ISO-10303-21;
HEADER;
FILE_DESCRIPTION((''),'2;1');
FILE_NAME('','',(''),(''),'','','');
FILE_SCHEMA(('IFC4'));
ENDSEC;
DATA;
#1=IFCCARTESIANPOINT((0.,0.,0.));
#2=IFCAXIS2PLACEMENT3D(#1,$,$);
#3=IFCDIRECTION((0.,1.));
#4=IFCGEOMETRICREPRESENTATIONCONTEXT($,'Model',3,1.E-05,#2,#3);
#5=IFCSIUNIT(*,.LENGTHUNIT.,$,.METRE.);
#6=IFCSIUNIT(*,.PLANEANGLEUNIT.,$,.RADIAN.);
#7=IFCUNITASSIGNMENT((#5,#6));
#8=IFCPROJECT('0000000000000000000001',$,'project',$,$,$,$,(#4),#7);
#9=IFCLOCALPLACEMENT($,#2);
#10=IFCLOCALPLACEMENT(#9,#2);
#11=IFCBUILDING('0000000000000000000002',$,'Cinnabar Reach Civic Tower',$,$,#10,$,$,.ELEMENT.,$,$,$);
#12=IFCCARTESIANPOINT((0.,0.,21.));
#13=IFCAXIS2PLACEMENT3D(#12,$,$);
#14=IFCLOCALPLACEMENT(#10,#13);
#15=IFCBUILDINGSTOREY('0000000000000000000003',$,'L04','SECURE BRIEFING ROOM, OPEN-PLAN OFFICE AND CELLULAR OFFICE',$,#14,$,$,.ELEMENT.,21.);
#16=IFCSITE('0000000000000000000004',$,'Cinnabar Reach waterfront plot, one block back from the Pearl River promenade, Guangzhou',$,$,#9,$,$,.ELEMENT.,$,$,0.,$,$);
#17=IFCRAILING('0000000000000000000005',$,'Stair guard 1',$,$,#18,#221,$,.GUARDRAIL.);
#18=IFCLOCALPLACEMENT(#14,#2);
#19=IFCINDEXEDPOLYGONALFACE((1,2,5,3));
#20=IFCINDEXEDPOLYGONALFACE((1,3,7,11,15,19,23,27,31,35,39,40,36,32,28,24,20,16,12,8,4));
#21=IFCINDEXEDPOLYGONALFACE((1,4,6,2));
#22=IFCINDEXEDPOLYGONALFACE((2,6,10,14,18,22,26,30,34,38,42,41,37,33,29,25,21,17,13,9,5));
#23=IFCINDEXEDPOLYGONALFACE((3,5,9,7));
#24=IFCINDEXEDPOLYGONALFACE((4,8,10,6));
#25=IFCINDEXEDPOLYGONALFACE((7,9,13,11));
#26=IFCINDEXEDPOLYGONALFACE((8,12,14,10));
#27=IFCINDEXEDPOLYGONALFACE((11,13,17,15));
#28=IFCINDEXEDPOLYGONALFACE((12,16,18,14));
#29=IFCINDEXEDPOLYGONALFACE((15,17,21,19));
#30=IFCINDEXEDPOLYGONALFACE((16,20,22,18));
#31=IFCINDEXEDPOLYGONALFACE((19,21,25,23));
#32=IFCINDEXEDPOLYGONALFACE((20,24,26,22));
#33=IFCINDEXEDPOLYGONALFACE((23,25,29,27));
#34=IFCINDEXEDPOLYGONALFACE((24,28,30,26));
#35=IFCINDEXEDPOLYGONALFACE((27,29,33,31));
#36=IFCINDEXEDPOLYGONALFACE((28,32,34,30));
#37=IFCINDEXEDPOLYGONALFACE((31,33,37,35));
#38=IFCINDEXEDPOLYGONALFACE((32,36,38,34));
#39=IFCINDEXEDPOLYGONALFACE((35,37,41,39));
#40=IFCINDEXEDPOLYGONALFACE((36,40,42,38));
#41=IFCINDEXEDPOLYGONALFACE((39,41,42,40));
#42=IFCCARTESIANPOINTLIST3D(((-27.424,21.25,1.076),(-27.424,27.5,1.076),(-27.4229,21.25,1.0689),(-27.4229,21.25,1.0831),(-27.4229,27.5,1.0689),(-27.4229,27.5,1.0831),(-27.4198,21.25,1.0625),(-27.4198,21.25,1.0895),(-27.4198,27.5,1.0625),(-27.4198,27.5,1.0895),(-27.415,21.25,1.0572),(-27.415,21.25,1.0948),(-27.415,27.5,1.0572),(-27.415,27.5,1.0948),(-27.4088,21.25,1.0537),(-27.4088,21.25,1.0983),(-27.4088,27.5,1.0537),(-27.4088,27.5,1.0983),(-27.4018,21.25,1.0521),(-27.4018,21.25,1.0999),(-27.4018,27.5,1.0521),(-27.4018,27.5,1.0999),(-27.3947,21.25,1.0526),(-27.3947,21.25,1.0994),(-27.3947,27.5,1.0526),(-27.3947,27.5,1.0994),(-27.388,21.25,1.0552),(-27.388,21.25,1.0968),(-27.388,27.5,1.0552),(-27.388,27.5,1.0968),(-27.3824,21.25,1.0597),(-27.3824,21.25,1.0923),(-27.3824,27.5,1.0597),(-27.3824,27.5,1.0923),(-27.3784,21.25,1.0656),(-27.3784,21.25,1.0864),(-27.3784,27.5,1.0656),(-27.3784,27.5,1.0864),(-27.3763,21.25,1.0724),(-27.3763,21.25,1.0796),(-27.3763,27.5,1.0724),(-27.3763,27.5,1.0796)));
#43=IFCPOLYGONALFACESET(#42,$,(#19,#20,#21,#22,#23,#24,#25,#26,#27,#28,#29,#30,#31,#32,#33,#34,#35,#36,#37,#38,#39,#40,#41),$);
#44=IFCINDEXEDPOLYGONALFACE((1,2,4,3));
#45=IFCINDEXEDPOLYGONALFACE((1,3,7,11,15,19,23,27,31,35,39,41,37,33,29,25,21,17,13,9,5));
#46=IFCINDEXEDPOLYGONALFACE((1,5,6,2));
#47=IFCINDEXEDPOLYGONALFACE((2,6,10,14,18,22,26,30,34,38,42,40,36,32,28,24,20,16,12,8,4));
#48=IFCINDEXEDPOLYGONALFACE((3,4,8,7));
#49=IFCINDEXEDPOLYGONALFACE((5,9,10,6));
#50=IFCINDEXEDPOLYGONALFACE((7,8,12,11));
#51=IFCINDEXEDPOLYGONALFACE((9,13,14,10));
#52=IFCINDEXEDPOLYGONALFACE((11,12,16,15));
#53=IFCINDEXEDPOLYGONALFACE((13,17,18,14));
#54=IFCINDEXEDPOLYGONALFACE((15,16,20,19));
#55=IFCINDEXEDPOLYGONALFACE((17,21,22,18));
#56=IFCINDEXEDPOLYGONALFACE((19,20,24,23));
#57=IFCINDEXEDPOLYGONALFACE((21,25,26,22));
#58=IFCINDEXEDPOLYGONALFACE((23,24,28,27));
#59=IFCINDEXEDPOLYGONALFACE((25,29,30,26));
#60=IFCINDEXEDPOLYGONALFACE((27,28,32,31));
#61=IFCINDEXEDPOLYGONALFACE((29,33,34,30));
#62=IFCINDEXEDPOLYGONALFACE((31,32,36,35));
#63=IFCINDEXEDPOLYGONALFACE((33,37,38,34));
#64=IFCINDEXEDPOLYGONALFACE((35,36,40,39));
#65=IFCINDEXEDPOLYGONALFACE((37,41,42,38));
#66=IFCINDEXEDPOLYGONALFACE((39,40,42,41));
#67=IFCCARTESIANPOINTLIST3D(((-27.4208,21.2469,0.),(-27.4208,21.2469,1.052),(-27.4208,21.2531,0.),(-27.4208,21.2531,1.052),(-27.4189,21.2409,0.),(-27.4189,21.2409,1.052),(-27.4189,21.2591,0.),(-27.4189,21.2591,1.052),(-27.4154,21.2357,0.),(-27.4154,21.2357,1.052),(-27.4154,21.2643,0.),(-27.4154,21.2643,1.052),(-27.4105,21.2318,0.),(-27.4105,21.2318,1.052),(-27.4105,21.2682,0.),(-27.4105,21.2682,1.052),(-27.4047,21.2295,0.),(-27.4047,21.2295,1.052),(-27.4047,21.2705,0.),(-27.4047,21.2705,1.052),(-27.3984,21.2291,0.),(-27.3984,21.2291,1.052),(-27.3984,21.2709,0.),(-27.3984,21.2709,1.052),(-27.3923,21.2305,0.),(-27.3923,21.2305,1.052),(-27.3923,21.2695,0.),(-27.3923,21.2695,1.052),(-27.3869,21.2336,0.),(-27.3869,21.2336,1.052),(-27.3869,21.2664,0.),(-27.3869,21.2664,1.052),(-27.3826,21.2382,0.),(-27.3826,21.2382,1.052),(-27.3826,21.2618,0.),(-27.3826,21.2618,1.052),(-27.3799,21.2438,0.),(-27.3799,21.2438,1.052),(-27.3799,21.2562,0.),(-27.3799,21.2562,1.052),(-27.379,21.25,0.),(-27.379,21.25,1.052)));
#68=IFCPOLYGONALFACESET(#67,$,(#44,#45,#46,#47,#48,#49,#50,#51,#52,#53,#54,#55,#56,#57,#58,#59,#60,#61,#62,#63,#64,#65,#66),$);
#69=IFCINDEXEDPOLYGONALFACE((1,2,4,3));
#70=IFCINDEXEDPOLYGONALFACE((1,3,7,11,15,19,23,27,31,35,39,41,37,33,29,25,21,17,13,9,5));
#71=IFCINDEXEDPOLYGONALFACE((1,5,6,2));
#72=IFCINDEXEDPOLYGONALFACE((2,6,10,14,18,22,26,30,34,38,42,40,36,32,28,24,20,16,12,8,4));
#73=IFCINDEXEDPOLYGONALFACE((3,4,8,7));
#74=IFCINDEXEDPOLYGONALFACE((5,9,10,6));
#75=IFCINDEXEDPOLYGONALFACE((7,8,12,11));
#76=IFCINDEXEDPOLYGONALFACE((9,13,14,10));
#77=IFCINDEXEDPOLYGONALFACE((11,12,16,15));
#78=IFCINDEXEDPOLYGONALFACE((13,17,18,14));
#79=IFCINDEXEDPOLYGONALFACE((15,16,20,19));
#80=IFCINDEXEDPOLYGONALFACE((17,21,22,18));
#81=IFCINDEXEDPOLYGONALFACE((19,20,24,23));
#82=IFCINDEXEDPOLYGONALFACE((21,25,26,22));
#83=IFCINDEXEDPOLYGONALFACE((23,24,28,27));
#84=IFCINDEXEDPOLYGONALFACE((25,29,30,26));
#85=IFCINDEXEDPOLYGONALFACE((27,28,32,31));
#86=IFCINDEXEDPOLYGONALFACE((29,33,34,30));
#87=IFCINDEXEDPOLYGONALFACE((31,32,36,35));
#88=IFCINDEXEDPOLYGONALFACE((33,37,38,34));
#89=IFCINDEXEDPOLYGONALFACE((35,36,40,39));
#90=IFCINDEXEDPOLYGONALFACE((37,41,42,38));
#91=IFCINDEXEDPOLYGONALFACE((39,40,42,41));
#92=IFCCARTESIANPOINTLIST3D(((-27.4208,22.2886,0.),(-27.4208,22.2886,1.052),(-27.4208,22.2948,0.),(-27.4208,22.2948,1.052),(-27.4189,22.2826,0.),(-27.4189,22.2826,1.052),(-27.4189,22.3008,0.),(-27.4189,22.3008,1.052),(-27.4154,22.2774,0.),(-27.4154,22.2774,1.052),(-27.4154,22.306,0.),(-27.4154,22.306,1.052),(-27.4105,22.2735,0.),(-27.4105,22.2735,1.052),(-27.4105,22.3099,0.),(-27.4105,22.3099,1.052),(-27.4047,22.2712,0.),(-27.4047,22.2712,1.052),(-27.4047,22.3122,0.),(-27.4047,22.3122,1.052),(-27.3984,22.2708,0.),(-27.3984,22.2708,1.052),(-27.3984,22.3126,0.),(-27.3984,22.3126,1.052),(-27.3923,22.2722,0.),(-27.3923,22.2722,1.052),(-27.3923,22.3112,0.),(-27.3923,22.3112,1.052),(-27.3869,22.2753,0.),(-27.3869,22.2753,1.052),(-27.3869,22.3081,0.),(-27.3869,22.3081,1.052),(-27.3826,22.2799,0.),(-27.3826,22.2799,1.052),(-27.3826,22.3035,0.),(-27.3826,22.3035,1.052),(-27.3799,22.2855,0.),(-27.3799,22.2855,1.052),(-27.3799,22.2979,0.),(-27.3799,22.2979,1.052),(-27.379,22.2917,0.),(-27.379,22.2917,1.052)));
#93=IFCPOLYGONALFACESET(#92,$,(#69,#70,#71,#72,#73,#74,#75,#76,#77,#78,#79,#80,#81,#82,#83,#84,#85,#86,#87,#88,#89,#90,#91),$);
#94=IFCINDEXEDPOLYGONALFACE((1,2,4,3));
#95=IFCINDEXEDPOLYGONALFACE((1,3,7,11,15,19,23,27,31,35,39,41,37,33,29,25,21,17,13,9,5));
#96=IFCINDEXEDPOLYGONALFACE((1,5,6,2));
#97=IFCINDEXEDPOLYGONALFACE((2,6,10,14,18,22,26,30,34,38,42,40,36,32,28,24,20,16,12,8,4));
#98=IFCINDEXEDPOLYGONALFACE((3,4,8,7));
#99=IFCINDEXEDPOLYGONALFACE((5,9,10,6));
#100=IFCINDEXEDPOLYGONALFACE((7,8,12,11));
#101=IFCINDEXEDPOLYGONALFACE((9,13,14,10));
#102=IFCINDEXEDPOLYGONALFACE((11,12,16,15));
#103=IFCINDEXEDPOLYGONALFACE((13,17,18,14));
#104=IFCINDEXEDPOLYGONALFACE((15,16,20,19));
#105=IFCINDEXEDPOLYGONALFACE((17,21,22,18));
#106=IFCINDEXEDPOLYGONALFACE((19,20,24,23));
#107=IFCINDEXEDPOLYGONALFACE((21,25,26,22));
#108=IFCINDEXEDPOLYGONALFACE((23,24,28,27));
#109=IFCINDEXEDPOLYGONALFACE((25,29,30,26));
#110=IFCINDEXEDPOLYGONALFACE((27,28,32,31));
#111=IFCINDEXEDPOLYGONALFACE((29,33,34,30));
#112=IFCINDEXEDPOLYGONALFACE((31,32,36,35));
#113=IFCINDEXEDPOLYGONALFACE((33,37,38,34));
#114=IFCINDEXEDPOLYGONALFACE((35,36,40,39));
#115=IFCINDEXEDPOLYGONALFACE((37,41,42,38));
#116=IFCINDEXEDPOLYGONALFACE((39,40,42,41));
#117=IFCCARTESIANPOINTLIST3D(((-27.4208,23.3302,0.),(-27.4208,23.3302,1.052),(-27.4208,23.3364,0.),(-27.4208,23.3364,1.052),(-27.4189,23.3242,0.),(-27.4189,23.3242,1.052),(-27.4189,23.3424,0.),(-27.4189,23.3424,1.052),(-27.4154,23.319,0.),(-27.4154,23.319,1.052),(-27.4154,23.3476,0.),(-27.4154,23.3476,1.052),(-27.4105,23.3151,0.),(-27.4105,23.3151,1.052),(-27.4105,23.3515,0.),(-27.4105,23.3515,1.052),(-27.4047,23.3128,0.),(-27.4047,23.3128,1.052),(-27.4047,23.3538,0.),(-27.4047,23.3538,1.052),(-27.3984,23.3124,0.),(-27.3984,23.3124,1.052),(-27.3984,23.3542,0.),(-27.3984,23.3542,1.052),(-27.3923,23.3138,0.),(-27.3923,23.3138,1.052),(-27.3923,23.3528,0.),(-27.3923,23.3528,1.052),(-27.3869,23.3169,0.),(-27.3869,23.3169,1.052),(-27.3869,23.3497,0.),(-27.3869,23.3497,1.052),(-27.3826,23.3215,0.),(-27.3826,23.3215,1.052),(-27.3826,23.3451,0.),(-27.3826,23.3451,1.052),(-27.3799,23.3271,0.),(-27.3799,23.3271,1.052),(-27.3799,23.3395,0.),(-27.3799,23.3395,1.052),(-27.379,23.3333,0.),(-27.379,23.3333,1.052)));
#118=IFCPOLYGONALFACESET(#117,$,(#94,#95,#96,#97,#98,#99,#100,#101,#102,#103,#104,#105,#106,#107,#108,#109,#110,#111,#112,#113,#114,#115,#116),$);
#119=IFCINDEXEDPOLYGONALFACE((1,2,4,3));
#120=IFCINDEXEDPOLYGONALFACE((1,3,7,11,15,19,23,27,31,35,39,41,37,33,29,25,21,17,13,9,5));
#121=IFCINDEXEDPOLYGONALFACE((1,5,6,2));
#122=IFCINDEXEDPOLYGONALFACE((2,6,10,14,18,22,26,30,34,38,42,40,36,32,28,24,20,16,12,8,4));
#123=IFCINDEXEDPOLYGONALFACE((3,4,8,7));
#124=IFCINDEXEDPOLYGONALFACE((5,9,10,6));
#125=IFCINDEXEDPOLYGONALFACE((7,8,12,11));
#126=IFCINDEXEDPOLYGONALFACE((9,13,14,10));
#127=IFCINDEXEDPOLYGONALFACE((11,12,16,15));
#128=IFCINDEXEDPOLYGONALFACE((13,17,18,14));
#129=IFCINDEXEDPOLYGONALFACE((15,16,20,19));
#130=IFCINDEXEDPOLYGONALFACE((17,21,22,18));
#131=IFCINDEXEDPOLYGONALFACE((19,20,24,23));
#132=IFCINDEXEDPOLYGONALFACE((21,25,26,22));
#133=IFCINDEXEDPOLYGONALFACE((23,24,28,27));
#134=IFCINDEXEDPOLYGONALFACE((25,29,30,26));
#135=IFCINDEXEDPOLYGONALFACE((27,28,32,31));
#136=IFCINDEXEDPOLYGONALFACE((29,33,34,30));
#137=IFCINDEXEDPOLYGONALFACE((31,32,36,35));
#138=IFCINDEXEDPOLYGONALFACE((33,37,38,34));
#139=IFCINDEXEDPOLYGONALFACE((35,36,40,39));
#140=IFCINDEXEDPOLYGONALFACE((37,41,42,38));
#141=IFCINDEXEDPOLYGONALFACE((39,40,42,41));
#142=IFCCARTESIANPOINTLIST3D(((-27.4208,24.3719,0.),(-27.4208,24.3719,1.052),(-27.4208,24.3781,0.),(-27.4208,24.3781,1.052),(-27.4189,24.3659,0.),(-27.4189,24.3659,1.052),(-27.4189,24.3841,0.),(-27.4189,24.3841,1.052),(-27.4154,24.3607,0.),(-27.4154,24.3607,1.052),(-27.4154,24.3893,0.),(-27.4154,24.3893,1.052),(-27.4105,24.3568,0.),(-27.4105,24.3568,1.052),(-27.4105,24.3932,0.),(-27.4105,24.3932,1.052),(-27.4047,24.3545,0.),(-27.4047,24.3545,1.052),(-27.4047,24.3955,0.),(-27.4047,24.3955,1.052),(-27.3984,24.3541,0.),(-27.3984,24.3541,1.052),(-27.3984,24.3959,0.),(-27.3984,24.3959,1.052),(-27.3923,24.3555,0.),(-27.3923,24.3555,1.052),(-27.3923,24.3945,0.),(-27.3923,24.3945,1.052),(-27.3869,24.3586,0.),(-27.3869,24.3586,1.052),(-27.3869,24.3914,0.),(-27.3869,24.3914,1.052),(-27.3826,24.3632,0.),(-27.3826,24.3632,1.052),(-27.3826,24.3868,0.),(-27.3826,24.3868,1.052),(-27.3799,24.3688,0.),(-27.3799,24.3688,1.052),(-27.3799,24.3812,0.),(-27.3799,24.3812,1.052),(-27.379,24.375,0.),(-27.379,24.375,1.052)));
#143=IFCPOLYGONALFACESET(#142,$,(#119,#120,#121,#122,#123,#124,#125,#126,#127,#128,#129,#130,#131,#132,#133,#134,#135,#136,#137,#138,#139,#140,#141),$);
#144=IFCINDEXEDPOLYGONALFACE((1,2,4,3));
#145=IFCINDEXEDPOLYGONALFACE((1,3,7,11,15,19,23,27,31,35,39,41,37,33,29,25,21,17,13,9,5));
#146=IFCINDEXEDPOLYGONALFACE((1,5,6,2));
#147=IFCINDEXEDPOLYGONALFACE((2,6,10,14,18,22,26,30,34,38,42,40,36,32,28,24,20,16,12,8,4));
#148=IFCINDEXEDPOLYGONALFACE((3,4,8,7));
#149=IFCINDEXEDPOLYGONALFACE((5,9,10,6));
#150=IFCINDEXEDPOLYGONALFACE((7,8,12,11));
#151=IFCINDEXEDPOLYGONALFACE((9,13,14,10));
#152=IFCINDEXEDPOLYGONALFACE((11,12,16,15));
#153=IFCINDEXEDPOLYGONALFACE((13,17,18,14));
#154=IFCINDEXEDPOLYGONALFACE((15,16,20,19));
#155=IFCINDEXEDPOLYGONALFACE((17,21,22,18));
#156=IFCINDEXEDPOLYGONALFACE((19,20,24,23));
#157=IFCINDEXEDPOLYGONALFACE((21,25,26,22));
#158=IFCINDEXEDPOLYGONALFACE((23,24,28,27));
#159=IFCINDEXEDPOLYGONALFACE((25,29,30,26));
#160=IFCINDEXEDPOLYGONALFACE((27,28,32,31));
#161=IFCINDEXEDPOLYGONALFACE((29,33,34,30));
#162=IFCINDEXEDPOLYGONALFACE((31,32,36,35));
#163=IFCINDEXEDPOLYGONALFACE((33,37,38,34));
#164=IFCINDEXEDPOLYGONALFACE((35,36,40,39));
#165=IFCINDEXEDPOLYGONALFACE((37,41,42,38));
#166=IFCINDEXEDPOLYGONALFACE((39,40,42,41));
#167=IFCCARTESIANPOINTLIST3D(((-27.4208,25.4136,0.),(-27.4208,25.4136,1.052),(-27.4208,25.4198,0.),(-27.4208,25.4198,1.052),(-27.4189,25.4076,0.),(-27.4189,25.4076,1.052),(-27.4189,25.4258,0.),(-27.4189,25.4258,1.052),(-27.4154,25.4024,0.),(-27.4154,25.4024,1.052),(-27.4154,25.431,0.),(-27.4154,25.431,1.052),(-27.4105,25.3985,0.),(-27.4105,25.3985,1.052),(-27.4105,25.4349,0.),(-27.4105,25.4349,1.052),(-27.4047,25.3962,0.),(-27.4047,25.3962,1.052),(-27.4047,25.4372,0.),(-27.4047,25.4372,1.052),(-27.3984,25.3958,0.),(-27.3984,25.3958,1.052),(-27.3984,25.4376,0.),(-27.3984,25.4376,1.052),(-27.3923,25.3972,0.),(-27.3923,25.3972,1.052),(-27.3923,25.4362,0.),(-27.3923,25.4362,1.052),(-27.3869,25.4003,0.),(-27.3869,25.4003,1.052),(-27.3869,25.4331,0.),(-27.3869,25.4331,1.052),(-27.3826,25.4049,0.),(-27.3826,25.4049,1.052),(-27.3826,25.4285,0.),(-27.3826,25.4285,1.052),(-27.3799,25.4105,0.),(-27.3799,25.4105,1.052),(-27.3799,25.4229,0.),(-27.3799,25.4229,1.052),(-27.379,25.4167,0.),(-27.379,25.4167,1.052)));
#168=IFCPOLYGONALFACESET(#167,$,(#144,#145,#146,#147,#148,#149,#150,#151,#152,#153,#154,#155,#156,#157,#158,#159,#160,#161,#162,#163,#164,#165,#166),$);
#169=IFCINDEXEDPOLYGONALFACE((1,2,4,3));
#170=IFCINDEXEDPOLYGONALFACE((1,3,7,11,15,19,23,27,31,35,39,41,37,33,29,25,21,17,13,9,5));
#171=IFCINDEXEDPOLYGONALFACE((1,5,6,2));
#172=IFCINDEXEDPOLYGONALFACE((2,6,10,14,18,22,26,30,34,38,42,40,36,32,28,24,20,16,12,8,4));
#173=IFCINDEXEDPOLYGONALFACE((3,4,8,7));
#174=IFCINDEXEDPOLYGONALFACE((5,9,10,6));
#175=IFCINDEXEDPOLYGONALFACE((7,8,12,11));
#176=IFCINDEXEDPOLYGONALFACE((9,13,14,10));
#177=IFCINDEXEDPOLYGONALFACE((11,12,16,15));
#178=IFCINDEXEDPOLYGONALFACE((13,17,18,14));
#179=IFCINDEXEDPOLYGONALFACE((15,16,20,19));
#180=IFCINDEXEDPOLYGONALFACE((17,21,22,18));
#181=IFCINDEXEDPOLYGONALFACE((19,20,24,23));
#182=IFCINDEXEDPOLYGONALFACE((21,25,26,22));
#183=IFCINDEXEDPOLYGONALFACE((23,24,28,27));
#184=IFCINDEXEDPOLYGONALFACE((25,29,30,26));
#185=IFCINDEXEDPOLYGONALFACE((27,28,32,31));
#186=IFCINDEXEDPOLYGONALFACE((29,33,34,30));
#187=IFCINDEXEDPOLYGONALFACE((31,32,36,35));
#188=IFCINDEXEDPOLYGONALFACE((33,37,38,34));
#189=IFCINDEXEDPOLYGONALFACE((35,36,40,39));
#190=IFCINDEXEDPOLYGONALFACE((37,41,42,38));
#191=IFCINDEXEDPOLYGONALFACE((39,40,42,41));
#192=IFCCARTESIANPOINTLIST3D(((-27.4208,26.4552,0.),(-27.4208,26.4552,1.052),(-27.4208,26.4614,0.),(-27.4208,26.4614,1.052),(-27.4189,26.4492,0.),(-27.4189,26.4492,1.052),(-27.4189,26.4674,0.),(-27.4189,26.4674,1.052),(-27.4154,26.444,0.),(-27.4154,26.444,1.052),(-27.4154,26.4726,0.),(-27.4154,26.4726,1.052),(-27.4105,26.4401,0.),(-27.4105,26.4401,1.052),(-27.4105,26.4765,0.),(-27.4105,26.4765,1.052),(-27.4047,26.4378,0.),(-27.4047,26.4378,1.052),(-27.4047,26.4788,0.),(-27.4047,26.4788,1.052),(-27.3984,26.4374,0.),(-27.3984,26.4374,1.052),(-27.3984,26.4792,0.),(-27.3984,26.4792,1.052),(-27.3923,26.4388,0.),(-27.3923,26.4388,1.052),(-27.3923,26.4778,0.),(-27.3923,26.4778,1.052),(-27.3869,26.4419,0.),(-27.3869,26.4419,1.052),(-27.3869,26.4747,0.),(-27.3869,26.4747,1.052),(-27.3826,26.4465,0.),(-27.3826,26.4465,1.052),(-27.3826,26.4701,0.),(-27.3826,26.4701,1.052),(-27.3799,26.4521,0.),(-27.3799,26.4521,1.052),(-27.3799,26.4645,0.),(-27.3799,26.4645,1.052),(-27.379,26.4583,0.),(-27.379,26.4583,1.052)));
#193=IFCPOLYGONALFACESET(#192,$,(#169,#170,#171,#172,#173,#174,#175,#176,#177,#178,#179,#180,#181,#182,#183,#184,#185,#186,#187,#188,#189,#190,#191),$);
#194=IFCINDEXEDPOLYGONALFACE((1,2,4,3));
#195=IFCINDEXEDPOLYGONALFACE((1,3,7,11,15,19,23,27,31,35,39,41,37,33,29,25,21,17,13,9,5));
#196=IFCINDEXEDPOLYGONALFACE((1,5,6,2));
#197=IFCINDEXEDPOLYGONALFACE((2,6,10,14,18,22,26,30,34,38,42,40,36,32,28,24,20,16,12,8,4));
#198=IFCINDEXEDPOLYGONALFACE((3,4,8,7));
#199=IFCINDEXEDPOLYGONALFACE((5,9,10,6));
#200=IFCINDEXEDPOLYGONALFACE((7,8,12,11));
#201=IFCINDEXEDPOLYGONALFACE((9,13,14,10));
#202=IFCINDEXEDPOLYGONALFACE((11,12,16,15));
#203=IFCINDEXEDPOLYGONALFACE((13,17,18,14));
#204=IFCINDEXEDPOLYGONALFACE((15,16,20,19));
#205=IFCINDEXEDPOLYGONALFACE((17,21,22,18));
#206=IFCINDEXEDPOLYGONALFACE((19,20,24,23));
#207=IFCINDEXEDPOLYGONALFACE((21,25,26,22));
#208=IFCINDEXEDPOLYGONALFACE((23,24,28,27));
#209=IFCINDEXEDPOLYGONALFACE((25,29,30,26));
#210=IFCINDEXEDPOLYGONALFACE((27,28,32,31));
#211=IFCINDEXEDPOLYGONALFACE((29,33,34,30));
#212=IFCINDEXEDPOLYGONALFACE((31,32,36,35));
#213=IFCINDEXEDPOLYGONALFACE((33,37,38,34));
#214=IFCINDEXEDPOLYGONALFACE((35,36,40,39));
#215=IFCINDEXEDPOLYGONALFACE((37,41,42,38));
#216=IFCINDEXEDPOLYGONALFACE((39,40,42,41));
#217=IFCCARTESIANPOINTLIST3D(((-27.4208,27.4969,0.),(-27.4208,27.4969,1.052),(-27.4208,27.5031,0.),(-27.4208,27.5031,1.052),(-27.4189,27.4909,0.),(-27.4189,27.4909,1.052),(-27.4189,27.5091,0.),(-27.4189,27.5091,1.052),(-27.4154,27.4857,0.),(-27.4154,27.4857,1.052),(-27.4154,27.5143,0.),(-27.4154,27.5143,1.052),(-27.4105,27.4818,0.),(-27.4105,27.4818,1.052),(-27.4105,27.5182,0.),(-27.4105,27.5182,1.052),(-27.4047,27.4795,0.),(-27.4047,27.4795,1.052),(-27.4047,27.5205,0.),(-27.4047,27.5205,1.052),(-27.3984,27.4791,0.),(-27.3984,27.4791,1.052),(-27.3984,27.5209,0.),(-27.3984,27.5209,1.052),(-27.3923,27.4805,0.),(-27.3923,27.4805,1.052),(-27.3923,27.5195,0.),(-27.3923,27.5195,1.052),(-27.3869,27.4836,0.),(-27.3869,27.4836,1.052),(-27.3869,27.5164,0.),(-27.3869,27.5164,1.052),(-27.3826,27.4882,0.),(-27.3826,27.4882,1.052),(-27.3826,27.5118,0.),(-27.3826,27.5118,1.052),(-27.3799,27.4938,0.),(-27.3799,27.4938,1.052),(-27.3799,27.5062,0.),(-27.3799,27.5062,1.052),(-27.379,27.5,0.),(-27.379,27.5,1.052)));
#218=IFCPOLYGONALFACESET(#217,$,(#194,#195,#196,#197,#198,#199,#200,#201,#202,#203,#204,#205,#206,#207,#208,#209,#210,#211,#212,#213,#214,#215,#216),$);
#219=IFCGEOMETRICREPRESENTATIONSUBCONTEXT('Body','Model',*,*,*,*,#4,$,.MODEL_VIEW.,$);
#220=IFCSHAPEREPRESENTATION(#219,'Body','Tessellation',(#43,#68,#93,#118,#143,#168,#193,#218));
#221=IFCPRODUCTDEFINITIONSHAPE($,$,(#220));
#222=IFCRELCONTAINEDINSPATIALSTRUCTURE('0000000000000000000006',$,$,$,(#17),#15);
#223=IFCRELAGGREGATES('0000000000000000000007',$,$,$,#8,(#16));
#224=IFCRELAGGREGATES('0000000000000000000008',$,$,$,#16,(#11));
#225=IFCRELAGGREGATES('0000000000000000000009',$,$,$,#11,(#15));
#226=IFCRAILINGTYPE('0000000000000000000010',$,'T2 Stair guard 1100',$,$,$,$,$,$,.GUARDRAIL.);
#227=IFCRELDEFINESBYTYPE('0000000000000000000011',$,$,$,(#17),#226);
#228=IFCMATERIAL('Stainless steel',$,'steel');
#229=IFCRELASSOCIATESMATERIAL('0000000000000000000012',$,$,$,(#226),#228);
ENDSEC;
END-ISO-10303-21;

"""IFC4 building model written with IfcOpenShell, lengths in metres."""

from ifc_helpers import new_model, si_unit, direction, frame, origin, origin_2d, place, context, subcontext, project, spatial, circle, extrude, material, type_object, element, save


model = new_model("IFC4")

# Units and contexts
model_context = context("Model", 3, precision=1e-05, world=origin(), true_north=direction((0.0, 1.0)))
body_context = subcontext(model_context, "Body", "Model", "MODEL_VIEW")
ifc_project = project(units=[si_unit("LENGTHUNIT", "METRE"), si_unit("PLANEANGLEUNIT", "RADIAN")], contexts=[model_context])

# Site, building, storey
site_placement = place(None, origin())
site = spatial("IfcSite", under=ifc_project, at=site_placement, Name="Cinnabar Reach waterfront plot, one block back from the Pearl River promenade, Guangzhou", CompositionType="ELEMENT", RefElevation=0.0)
building_placement = place(site_placement, origin())
building = spatial("IfcBuilding", under=site, at=building_placement, Name="Cinnabar Reach Civic Tower", CompositionType="ELEMENT")
storey_placement = place(building_placement, frame((0.0, 0.0, 21.0)))
storey = spatial("IfcBuildingStorey", under=building, at=storey_placement, Name="L04", Description="SECURE BRIEFING ROOM, OPEN-PLAN OFFICE AND CELLULAR OFFICE", CompositionType="ELEMENT", Elevation=21.0)

# Railing
ifc_material_1 = material(Name="Stainless steel", Category="steel")
railing_type = type_object("IfcRailingType", Name="T2 Stair guard 1100", PredefinedType="GUARDRAIL", material=ifc_material_1)
for number, where, name in (
    (1, (-27.4, 21.25, 0.0), "Stair guard 1"),
):
    element("IfcRailing", number, at=place(storey_placement, frame(where)), inside=storey, type_object=railing_type, Name=name, PredefinedType="GUARDRAIL", context=body_context, shape_type="SweptSolid", body=[
        extrude(circle(Radius=0.024, at=origin_2d()), frame((0.0, 0.0, 1.076), z_axis=(0.0, 1.0, 0.0), x_axis=(-1.0, 0.0, 0.0)), (0.0, 0.0, 1.0), 6.25),
        extrude(circle(Radius=0.021, at=origin_2d()), origin(), (0.0, 0.0, 1.0), 1.052),
        extrude(circle(Radius=0.021, at=origin_2d()), frame((0.0, 1.0417, 0.0)), (0.0, 0.0, 1.0), 1.052),
        extrude(circle(Radius=0.021, at=origin_2d()), frame((0.0, 2.0833, 0.0)), (0.0, 0.0, 1.0), 1.052),
        extrude(circle(Radius=0.021, at=origin_2d()), frame((0.0, 3.125, 0.0)), (0.0, 0.0, 1.0), 1.052),
        extrude(circle(Radius=0.021, at=origin_2d()), frame((0.0, 4.1667, 0.0)), (0.0, 0.0, 1.0), 1.052),
        extrude(circle(Radius=0.021, at=origin_2d()), frame((0.0, 5.2083, 0.0)), (0.0, 0.0, 1.0), 1.052),
        extrude(circle(Radius=0.021, at=origin_2d()), frame((0.0, 6.25, 0.0)), (0.0, 0.0, 1.0), 1.052),
    ])

save(model, "model.ifc")
